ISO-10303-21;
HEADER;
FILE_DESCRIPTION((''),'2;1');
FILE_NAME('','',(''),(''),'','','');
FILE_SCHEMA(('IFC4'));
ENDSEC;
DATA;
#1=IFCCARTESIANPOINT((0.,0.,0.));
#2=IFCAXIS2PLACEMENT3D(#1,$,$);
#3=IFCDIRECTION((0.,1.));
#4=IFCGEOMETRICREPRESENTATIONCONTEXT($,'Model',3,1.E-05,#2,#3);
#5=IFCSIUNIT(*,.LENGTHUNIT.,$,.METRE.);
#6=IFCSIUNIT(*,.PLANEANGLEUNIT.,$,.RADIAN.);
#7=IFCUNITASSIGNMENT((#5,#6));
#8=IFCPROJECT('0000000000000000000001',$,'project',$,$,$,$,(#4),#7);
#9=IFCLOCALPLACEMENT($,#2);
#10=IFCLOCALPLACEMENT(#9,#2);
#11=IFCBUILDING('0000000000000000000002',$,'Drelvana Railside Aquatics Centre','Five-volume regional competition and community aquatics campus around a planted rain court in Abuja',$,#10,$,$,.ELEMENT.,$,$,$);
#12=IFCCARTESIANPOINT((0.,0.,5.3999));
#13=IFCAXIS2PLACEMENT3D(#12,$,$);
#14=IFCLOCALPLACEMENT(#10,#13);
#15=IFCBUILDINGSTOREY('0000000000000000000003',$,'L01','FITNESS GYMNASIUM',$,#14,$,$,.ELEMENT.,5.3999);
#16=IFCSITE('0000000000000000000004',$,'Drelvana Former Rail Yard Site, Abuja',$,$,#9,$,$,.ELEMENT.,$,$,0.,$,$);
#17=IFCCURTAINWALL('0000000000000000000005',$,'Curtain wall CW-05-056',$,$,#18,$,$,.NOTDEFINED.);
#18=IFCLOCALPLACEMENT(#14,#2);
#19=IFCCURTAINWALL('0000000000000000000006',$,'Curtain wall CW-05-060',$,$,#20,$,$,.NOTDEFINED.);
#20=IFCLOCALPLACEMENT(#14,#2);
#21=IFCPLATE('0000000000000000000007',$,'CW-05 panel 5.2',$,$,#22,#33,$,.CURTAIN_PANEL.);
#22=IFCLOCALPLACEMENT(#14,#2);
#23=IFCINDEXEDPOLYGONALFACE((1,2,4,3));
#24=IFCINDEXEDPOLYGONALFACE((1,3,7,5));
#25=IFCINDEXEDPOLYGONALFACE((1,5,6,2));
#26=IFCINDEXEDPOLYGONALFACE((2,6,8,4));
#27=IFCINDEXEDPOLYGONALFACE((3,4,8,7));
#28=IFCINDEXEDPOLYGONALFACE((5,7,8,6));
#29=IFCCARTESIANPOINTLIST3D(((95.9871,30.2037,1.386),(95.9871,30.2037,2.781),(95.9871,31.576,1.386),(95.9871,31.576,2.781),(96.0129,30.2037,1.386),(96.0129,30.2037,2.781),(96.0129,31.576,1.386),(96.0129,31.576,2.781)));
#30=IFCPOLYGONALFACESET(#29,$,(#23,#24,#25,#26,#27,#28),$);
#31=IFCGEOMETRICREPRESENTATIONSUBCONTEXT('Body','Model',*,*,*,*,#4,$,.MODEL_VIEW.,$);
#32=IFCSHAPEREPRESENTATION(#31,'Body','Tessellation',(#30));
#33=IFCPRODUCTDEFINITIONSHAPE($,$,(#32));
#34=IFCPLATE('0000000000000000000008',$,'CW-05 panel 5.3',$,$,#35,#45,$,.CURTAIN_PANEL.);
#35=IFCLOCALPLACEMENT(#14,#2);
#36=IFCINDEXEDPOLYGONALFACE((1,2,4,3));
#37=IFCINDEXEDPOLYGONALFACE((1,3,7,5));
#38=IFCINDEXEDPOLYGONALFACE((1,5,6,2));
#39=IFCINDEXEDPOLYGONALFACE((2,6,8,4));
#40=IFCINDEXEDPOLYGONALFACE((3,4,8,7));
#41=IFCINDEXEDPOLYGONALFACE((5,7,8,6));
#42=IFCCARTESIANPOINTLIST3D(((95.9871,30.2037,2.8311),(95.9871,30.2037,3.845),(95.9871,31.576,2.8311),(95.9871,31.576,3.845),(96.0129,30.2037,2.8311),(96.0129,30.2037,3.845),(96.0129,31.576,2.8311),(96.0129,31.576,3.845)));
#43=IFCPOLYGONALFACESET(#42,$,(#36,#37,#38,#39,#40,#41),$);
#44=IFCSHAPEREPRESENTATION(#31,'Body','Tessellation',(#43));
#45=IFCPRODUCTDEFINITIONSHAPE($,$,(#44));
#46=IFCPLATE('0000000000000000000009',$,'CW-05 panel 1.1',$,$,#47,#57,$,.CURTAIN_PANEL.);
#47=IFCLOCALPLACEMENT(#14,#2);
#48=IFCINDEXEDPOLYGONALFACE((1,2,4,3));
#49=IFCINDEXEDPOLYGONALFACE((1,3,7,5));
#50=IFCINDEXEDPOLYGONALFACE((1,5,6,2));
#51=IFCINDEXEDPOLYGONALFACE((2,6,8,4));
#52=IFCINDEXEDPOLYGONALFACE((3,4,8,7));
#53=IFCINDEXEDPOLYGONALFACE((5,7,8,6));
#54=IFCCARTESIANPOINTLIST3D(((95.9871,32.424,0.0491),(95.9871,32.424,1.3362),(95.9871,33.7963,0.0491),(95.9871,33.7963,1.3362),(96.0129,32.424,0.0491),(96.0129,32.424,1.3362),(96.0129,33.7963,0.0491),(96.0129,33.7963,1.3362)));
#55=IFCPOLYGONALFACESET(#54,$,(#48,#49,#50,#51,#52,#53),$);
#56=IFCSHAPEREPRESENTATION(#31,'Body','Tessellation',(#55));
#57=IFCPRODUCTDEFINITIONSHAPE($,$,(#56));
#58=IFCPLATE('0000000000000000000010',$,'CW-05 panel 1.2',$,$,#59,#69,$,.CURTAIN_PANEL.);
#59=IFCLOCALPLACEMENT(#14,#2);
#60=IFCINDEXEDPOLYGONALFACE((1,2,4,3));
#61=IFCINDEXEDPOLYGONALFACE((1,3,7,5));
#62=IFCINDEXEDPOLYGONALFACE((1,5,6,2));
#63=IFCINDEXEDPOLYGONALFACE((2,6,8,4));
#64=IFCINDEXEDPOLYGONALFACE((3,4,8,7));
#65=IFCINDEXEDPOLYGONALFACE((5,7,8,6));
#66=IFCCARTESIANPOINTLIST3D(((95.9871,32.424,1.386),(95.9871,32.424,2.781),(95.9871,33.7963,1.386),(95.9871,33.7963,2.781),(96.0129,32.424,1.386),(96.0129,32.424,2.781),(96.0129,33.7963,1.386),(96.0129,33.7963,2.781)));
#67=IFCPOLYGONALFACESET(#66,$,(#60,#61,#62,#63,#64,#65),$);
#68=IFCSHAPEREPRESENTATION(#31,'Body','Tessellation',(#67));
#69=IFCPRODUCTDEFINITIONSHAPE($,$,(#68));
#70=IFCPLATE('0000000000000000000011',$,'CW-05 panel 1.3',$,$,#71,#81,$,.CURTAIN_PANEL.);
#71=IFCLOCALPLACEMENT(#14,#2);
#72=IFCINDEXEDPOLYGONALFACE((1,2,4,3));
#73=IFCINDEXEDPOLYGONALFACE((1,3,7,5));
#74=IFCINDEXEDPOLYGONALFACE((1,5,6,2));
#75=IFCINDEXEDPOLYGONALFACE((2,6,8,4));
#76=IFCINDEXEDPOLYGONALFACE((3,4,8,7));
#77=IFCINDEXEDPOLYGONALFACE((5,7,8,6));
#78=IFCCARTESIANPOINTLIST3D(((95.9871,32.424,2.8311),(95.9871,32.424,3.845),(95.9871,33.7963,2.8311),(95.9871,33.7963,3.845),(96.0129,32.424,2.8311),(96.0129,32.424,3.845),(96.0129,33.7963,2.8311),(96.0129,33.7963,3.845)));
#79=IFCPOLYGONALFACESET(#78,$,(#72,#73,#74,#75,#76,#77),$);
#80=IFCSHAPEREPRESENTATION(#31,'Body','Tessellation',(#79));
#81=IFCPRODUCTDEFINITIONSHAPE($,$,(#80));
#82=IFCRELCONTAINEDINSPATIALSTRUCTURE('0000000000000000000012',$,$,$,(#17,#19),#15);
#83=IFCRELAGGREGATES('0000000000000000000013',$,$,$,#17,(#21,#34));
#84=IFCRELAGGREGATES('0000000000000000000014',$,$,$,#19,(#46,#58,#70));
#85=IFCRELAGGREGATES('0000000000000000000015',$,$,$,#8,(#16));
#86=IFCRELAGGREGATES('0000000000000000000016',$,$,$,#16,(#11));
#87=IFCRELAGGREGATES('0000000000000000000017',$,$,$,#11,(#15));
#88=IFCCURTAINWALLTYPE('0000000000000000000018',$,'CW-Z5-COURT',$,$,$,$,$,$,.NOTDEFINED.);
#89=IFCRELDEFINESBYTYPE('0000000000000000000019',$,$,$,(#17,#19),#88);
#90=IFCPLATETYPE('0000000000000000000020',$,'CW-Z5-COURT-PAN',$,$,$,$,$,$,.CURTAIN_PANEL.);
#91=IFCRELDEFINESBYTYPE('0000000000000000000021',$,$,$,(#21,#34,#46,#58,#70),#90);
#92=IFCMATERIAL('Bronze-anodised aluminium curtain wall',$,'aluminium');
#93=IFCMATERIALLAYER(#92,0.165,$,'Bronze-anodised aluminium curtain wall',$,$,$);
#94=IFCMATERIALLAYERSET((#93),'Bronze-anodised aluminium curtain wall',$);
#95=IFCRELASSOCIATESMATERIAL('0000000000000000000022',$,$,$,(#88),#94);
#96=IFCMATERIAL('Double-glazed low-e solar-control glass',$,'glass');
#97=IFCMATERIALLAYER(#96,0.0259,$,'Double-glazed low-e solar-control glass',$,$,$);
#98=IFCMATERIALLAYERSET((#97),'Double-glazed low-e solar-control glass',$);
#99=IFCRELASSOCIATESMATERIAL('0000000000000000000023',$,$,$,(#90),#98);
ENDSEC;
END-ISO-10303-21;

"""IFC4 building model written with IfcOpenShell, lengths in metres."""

from ifc_helpers import new_model, si_unit, direction, frame, origin, origin_2d, place, context, subcontext, project, spatial, rectangle, extrude, material, layer, layer_set, type_object, element, aggregate, save


model = new_model("IFC4")

# Units and contexts
model_context = context("Model", 3, precision=1e-05, world=origin(), true_north=direction((0.0, 1.0)))
body_context = subcontext(model_context, "Body", "Model", "MODEL_VIEW")
ifc_project = project(units=[si_unit("LENGTHUNIT", "METRE"), si_unit("PLANEANGLEUNIT", "RADIAN")], contexts=[model_context])

# Site, building, storey
site_placement = place(None, origin())
site = spatial("IfcSite", under=ifc_project, at=site_placement, Name="Drelvana Former Rail Yard Site, Abuja", CompositionType="ELEMENT", RefElevation=0.0)
building_placement = place(site_placement, origin())
building = spatial("IfcBuilding", under=site, at=building_placement, Name="Drelvana Railside Aquatics Centre", Description="Five-volume regional competition and community aquatics campus around a planted rain court in Abuja", CompositionType="ELEMENT")
storey_placement = place(building_placement, frame((0.0, 0.0, 5.3999)))
storey = spatial("IfcBuildingStorey", under=building, at=storey_placement, Name="L01", Description="FITNESS GYMNASIUM", CompositionType="ELEMENT", Elevation=5.3999)

# Curtain wall
ifc_material_1 = material(Name="Bronze-anodised aluminium curtain wall", Category="aluminium")
ifc_layer_1 = layer(ifc_material_1, 0.165, Name="Bronze-anodised aluminium curtain wall")
ifc_layer_set_1 = layer_set([ifc_layer_1], Name="Bronze-anodised aluminium curtain wall")
curtain_wall_type = type_object("IfcCurtainWallType", Name="CW-Z5-COURT", PredefinedType="NOTDEFINED", material=ifc_layer_set_1)
curtain_wall_1_placement = place(storey_placement, origin())
curtain_wall_1 = element("IfcCurtainWall", 1, at=curtain_wall_1_placement, inside=storey, type_object=curtain_wall_type, Name="Curtain wall CW-05-056", PredefinedType="NOTDEFINED")

# Curtain wall
curtain_wall_2_placement = place(storey_placement, origin())
curtain_wall_2 = element("IfcCurtainWall", 2, at=curtain_wall_2_placement, inside=storey, type_object=curtain_wall_type, Name="Curtain wall CW-05-060", PredefinedType="NOTDEFINED")

# Plates
ifc_material_2 = material(Name="Double-glazed low-e solar-control glass", Category="glass")
ifc_layer_2 = layer(ifc_material_2, 0.0259, Name="Double-glazed low-e solar-control glass")
ifc_layer_set_2 = layer_set([ifc_layer_2], Name="Double-glazed low-e solar-control glass")
plate_type = type_object("IfcPlateType", Name="CW-Z5-COURT-PAN", PredefinedType="CURTAIN_PANEL", material=ifc_layer_set_2)
plate_1_placement = place(storey_placement, frame((96.0, 30.8899, 1.386), z_axis=(0.0, 0.0, 1.0), x_axis=(0.0, 1.0, 0.0)))
plate_1 = element("IfcPlate", 3, at=plate_1_placement, type_object=plate_type, Name="CW-05 panel 5.2", PredefinedType="CURTAIN_PANEL", context=body_context, shape_type="SweptSolid", body=[
    extrude(rectangle(XDim=1.3723, YDim=0.0259, at=origin_2d()), origin(), (0.0, 0.0, 1.0), 1.395),
])
plate_2_placement = place(storey_placement, frame((96.0, 30.8899, 2.8311), z_axis=(0.0, 0.0, 1.0), x_axis=(0.0, 1.0, 0.0)))
plate_2 = element("IfcPlate", 4, at=plate_2_placement, type_object=plate_type, Name="CW-05 panel 5.3", PredefinedType="CURTAIN_PANEL", context=body_context, shape_type="SweptSolid", body=[
    extrude(rectangle(XDim=1.3723, YDim=0.0259, at=origin_2d()), origin(), (0.0, 0.0, 1.0), 1.0139),
])
aggregate(curtain_wall_1, [plate_1, plate_2])
plate_3_placement = place(storey_placement, frame((96.0, 33.1101, 0.0491), z_axis=(0.0, 0.0, 1.0), x_axis=(0.0, 1.0, 0.0)))
plate_3 = element("IfcPlate", 5, at=plate_3_placement, type_object=plate_type, Name="CW-05 panel 1.1", PredefinedType="CURTAIN_PANEL", context=body_context, shape_type="SweptSolid", body=[
    extrude(rectangle(XDim=1.3723, YDim=0.0259, at=origin_2d()), origin(), (0.0, 0.0, 1.0), 1.2871),
])
plate_4_placement = place(storey_placement, frame((96.0, 33.1101, 1.386), z_axis=(0.0, 0.0, 1.0), x_axis=(0.0, 1.0, 0.0)))
plate_4 = element("IfcPlate", 6, at=plate_4_placement, type_object=plate_type, Name="CW-05 panel 1.2", PredefinedType="CURTAIN_PANEL", context=body_context, shape_type="SweptSolid", body=[
    extrude(rectangle(XDim=1.3723, YDim=0.0259, at=origin_2d()), origin(), (0.0, 0.0, 1.0), 1.395),
])
plate_5_placement = place(storey_placement, frame((96.0, 33.1101, 2.8311), z_axis=(0.0, 0.0, 1.0), x_axis=(0.0, 1.0, 0.0)))
plate_5 = element("IfcPlate", 7, at=plate_5_placement, type_object=plate_type, Name="CW-05 panel 1.3", PredefinedType="CURTAIN_PANEL", context=body_context, shape_type="SweptSolid", body=[
    extrude(rectangle(XDim=1.3723, YDim=0.0259, at=origin_2d()), origin(), (0.0, 0.0, 1.0), 1.0139),
])
aggregate(curtain_wall_2, [plate_3, plate_4, plate_5])

save(model, "model.ifc")
